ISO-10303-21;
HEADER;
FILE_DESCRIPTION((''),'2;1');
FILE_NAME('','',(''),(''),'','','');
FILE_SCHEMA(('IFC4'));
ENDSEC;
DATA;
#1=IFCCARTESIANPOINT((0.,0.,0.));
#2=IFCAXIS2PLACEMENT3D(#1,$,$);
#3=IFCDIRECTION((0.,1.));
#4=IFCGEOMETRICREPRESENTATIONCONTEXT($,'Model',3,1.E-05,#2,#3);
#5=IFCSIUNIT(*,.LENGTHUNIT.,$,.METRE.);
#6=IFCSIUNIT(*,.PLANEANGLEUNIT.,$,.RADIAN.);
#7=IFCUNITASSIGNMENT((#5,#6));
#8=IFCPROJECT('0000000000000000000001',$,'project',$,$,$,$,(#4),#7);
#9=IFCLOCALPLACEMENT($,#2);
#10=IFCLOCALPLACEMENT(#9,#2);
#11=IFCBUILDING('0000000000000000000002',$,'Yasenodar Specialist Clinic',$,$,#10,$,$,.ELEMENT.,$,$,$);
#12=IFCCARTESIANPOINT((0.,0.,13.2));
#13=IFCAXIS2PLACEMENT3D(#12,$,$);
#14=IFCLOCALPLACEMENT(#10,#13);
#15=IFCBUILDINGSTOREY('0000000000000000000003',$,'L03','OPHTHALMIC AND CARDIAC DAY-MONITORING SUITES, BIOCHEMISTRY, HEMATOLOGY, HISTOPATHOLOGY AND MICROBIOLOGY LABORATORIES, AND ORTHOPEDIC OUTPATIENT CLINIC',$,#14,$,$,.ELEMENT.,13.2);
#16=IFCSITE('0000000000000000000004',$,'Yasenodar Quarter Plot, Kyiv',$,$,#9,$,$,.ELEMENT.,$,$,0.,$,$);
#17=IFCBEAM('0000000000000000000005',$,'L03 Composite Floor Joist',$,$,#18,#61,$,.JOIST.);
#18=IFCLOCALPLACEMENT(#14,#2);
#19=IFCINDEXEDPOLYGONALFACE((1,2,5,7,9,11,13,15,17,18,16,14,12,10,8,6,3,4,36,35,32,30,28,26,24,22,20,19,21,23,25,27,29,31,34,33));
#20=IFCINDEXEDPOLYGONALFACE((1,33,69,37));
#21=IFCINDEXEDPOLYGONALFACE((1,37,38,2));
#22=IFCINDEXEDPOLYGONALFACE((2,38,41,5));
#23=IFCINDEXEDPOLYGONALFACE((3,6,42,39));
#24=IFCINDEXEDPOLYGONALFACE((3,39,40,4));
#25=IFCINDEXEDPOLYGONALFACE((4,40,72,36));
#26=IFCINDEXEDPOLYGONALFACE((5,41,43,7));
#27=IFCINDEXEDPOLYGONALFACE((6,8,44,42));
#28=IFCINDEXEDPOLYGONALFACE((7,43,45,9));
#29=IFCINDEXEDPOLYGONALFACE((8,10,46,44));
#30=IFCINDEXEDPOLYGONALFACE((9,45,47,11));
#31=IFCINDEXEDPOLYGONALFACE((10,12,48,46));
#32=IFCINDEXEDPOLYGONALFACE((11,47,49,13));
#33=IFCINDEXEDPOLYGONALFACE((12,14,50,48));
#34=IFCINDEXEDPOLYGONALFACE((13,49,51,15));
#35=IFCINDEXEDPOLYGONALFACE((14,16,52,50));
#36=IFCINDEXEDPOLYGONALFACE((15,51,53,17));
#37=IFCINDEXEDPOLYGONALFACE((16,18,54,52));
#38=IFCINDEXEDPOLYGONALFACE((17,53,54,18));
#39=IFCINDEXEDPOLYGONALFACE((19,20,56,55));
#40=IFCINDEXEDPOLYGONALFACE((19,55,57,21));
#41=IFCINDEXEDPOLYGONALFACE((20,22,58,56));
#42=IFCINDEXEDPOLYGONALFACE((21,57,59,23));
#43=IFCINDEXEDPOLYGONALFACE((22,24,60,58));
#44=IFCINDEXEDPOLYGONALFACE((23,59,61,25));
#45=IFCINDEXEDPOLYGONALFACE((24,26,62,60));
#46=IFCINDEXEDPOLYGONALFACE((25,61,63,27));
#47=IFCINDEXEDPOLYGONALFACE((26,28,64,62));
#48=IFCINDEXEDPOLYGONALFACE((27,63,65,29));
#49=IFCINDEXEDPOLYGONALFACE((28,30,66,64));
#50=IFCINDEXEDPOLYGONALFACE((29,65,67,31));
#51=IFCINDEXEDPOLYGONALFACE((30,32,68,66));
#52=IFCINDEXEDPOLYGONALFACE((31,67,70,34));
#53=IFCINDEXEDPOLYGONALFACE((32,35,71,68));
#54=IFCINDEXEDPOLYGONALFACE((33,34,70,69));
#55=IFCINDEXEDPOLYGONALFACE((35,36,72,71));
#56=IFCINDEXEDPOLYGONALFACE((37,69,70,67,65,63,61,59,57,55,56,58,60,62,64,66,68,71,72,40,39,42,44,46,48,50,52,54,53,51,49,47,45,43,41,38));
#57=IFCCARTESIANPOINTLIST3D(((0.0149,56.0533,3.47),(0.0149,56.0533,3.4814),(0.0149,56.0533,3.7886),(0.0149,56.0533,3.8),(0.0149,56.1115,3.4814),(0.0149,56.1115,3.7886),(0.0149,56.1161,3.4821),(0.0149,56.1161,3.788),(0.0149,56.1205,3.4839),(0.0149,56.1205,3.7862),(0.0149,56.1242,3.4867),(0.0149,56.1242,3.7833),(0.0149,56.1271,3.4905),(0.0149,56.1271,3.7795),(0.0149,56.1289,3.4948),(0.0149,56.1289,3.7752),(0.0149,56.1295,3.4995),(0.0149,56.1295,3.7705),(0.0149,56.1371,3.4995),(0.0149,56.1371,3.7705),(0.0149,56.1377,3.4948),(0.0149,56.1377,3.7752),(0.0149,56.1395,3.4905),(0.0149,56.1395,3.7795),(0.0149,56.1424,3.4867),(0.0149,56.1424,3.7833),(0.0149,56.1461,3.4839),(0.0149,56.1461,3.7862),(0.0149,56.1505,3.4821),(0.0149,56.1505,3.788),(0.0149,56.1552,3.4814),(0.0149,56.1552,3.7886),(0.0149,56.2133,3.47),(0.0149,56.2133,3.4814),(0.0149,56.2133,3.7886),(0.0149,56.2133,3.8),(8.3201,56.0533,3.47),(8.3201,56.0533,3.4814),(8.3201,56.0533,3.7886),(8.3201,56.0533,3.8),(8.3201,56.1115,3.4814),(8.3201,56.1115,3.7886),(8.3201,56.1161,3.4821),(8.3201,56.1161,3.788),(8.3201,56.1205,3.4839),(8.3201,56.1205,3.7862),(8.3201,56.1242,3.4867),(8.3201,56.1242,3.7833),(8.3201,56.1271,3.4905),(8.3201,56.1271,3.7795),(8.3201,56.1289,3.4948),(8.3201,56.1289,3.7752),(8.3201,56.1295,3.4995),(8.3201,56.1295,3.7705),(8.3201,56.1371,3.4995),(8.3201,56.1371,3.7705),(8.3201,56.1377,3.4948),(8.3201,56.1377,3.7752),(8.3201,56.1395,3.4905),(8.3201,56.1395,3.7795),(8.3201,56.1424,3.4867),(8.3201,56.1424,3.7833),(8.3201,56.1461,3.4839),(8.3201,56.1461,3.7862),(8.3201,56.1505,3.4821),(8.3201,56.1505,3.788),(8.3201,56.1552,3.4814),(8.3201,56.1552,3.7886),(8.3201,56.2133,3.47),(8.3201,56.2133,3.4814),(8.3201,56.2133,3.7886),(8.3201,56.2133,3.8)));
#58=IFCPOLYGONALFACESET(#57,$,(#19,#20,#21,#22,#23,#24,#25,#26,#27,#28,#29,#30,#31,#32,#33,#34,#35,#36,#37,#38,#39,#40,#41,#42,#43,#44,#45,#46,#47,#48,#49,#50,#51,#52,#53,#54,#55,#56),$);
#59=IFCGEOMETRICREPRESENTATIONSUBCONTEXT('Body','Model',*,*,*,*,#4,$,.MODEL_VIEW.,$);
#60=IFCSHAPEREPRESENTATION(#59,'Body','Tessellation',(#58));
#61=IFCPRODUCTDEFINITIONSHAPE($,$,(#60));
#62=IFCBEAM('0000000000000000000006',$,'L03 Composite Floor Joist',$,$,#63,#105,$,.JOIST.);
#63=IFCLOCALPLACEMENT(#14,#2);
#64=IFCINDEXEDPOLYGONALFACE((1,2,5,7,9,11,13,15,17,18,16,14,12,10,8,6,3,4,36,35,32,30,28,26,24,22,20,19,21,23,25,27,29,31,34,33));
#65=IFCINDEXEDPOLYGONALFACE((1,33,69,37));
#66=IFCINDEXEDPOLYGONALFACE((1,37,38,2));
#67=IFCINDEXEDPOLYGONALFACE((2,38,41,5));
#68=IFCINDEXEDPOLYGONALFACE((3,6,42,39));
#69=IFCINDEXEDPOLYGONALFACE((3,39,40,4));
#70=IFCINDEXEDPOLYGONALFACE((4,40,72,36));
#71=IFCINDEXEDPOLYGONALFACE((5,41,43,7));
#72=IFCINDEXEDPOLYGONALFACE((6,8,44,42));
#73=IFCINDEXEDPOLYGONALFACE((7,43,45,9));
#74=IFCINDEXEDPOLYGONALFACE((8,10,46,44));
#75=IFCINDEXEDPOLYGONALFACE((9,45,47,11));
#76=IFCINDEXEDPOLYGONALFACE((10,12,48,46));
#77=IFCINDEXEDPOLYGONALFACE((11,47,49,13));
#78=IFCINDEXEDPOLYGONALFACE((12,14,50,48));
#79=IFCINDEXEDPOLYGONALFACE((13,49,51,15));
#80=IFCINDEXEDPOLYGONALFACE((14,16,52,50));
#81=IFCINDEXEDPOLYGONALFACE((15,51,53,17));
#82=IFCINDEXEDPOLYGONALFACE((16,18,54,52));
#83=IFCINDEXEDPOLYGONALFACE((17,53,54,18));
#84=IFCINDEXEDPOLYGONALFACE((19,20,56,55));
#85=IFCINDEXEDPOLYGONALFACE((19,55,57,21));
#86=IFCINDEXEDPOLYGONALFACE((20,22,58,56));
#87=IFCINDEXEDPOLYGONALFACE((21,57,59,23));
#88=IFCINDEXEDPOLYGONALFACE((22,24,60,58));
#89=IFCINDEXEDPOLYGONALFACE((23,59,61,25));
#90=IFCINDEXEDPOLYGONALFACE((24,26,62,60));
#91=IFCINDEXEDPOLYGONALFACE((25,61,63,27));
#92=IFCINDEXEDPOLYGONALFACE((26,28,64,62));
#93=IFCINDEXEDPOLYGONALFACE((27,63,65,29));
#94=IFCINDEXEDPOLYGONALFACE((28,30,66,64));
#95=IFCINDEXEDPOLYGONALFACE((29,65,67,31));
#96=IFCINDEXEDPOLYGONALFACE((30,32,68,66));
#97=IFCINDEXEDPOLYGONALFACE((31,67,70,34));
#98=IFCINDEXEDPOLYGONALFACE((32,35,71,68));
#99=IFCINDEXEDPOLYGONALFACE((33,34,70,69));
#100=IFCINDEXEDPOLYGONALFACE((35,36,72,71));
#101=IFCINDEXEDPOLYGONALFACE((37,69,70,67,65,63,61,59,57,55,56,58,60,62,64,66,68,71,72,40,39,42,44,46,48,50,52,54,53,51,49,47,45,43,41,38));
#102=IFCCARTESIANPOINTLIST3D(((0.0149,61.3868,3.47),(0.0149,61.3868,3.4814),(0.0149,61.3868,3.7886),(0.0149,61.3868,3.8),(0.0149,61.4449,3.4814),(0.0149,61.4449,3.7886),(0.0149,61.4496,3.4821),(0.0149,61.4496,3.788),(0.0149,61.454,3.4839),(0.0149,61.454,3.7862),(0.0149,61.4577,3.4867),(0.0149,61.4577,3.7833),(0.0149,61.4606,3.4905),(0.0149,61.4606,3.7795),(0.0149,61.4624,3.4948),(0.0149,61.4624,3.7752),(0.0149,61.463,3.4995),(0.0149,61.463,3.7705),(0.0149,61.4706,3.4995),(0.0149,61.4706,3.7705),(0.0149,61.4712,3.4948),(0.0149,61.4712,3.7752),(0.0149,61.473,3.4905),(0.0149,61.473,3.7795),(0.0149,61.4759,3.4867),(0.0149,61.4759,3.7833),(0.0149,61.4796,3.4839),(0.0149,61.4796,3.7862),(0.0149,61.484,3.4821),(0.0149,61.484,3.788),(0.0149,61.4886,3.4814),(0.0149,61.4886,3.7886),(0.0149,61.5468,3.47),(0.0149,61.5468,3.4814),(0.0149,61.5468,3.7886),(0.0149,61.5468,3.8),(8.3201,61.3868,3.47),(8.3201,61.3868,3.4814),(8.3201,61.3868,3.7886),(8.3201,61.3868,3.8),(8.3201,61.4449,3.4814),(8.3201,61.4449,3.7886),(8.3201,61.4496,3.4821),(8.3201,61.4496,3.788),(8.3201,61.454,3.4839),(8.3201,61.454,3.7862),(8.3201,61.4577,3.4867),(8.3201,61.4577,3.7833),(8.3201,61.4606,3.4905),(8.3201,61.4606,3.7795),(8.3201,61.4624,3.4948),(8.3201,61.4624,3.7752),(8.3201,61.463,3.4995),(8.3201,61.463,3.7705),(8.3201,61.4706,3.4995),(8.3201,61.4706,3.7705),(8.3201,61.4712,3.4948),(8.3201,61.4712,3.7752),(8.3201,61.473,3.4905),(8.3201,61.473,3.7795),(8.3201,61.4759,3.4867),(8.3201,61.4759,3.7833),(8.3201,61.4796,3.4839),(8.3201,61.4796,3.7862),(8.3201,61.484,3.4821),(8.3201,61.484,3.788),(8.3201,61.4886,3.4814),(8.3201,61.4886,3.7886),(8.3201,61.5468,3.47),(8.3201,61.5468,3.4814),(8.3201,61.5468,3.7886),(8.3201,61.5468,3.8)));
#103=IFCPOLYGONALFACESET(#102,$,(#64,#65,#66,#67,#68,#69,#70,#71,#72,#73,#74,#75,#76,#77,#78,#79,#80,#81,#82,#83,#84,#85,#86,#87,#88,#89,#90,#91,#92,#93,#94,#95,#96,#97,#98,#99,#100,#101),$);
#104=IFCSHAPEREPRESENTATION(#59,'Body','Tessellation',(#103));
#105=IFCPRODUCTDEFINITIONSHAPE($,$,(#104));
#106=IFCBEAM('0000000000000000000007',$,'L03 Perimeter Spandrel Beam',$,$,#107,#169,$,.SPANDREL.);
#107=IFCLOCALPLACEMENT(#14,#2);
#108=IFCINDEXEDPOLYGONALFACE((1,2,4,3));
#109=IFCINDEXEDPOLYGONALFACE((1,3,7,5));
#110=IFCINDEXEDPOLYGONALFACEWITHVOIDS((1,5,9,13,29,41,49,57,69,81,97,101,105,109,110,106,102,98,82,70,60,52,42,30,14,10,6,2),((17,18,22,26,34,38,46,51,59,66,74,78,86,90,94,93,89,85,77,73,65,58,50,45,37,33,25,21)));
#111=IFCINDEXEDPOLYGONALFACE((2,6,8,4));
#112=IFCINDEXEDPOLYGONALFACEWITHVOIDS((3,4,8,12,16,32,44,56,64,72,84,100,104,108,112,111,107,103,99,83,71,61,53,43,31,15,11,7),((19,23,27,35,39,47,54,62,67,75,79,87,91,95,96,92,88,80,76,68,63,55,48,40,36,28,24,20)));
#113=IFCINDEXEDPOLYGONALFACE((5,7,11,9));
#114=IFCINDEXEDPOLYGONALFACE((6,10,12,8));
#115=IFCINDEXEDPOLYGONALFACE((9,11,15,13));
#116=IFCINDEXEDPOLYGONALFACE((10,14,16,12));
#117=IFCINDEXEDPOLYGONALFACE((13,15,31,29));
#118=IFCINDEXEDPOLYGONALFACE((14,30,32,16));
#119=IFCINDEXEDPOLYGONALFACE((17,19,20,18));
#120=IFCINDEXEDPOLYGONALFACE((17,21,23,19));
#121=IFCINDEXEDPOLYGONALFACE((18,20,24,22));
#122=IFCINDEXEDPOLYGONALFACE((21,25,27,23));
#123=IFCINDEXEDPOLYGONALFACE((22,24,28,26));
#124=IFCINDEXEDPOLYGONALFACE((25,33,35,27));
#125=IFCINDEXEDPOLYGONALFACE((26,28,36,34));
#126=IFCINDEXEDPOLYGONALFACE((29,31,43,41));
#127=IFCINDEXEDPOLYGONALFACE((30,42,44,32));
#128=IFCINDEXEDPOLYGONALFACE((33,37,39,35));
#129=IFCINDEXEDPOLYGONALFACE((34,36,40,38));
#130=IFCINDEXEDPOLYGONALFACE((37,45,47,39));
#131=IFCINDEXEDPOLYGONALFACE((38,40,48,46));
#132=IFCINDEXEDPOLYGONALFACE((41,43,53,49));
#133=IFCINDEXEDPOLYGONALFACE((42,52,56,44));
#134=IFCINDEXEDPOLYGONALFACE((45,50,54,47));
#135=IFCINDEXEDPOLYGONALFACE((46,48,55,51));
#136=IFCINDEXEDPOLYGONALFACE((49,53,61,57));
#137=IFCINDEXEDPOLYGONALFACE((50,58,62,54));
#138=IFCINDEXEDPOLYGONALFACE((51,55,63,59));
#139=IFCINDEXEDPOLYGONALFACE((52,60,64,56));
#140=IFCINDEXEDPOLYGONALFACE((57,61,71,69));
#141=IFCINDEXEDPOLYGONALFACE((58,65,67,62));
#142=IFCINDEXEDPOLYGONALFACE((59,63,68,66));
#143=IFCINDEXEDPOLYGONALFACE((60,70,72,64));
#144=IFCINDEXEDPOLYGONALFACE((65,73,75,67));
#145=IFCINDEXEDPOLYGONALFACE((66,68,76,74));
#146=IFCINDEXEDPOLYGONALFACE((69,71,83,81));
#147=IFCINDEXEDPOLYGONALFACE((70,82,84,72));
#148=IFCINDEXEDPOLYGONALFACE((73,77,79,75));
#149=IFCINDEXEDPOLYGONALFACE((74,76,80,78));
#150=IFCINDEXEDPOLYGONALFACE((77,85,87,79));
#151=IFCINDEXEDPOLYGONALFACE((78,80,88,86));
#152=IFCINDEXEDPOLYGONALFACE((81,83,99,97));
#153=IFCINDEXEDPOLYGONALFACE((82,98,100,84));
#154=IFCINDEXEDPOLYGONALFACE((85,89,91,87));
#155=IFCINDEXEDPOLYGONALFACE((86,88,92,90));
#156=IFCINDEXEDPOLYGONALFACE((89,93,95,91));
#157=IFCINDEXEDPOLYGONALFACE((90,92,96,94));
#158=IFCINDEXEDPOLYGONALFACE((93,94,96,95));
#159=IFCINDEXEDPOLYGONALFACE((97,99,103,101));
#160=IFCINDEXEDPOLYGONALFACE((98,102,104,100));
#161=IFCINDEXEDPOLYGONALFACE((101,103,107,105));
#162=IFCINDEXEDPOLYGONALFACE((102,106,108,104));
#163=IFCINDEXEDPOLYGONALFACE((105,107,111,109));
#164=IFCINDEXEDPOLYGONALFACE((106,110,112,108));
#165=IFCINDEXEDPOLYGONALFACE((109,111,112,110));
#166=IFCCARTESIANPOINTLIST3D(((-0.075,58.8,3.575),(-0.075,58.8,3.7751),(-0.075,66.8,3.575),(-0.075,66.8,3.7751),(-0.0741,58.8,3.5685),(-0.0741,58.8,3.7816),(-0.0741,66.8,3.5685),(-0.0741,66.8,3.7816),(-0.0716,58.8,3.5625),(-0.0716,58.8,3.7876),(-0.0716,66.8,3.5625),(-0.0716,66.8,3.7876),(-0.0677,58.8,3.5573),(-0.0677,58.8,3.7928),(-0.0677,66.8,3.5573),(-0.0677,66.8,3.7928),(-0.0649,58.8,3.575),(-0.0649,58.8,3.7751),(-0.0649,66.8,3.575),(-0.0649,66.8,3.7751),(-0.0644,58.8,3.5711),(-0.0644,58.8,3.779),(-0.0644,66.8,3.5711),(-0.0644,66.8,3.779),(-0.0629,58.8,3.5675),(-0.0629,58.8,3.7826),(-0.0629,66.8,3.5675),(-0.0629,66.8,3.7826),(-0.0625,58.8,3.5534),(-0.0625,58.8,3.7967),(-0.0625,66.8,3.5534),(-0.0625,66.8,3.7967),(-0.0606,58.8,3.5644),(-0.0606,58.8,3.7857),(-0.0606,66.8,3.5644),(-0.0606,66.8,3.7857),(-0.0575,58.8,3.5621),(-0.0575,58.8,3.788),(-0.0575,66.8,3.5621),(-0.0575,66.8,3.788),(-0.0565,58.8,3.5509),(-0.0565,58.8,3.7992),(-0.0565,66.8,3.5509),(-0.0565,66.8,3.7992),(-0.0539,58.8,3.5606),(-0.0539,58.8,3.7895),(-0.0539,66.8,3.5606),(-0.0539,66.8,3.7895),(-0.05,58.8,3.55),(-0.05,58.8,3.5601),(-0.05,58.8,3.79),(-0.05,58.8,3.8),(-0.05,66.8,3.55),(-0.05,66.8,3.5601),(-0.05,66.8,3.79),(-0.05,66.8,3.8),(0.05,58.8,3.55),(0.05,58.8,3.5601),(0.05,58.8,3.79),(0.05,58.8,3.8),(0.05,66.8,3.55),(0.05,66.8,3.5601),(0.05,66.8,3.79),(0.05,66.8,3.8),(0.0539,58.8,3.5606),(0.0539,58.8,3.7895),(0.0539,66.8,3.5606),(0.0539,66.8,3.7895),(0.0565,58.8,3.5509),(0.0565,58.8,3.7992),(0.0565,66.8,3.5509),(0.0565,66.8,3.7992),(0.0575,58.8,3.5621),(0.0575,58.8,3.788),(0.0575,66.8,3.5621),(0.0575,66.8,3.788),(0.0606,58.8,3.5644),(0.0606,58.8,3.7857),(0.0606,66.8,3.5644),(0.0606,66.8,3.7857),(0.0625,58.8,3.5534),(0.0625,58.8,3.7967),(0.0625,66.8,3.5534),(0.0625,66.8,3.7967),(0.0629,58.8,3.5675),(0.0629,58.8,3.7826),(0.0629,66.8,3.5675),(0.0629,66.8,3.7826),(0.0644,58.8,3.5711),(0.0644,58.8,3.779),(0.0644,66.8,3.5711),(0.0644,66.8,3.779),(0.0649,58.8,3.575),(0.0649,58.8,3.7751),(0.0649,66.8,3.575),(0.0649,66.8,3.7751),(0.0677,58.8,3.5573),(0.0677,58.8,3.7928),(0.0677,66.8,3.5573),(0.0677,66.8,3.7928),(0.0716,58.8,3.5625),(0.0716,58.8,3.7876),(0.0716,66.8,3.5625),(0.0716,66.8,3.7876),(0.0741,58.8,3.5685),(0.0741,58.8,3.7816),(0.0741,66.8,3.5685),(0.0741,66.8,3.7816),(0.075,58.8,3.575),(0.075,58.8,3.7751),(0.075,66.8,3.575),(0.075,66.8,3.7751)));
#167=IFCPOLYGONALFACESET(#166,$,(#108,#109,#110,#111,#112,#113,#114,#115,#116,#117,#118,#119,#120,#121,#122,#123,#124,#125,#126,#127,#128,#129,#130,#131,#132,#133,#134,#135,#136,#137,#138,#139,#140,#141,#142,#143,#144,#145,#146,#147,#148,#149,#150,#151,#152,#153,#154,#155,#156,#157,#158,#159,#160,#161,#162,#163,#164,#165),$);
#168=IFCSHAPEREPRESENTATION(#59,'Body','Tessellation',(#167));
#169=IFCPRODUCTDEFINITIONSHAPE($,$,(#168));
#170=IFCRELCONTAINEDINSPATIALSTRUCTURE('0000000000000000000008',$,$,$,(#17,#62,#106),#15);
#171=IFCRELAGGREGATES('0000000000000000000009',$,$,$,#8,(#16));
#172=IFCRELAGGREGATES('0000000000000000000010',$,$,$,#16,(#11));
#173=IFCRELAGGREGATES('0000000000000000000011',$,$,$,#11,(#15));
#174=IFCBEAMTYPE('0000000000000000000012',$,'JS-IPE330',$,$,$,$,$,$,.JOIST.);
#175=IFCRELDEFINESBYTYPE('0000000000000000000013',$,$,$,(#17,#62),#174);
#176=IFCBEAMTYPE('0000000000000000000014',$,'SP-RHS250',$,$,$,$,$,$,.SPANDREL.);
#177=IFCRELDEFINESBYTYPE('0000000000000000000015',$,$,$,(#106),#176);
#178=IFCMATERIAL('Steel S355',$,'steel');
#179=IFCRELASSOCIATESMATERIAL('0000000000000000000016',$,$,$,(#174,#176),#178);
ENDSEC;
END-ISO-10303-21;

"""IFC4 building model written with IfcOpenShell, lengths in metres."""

from ifc_helpers import new_model, si_unit, direction, frame, origin, origin_2d, place, context, subcontext, project, spatial, hollow_rectangle, i_section, extrude, material, material_profile, profile_set, type_object, element, save


model = new_model("IFC4")

# Units and contexts
model_context = context("Model", 3, precision=1e-05, world=origin(), true_north=direction((0.0, 1.0)))
body_context = subcontext(model_context, "Body", "Model", "MODEL_VIEW")
ifc_project = project(units=[si_unit("LENGTHUNIT", "METRE"), si_unit("PLANEANGLEUNIT", "RADIAN")], contexts=[model_context])

# Site, building, storey
site_placement = place(None, origin())
site = spatial("IfcSite", under=ifc_project, at=site_placement, Name="Yasenodar Quarter Plot, Kyiv", CompositionType="ELEMENT", RefElevation=0.0)
building_placement = place(site_placement, origin())
building = spatial("IfcBuilding", under=site, at=building_placement, Name="Yasenodar Specialist Clinic", CompositionType="ELEMENT")
storey_placement = place(building_placement, frame((0.0, 0.0, 13.2)))
storey = spatial("IfcBuildingStorey", under=building, at=storey_placement, Name="L03", Description="OPHTHALMIC AND CARDIAC DAY-MONITORING SUITES, BIOCHEMISTRY, HEMATOLOGY, HISTOPATHOLOGY AND MICROBIOLOGY LABORATORIES, AND ORTHOPEDIC OUTPATIENT CLINIC", CompositionType="ELEMENT", Elevation=13.2)

# Shared definitions
ifc_material_1 = material(Name="Steel S355", Category="steel")

# Beams
ifc_material_profile_1 = material_profile(ifc_material_1, i_section(OverallWidth=0.1599, OverallDepth=0.3301, WebThickness=0.0076, FlangeThickness=0.0115, FilletRadius=0.0181, at=origin_2d()), Name="IPE 330")
ifc_profile_set_1 = profile_set([ifc_material_profile_1], Name="Steel S355")
beam_type_1 = type_object("IfcBeamType", Name="JS-IPE330", PredefinedType="JOIST", material=ifc_profile_set_1)
for number, where, z_axis, x_axis, name in (
    (1, (0.0149, 56.1333, 3.635), (1.0, 0.0, 0.0), (0.0, 1.0, 0.0), "L03 Composite Floor Joist"),
    (2, (0.0149, 61.4668, 3.635), (1.0, 0.0, 0.0), (0.0, 1.0, 0.0), "L03 Composite Floor Joist"),
):
    element("IfcBeam", number, at=place(storey_placement, frame(where, z_axis=z_axis, x_axis=x_axis)), inside=storey, type_object=beam_type_1, Name=name, PredefinedType="JOIST", context=body_context, shape_type="SweptSolid", body=[
        extrude(i_section(OverallWidth=0.1599, OverallDepth=0.3301, WebThickness=0.0076, FlangeThickness=0.0115, FilletRadius=0.0181, at=origin_2d()), origin(), (0.0, 0.0, 1.0), 8.3052),
    ])
ifc_material_profile_2 = material_profile(ifc_material_1, hollow_rectangle(XDim=0.1499, YDim=0.25, WallThickness=0.01, InnerFilletRadius=0.0149, OuterFilletRadius=0.0249, at=origin_2d()), Name="RHS 250x150x10")
ifc_profile_set_2 = profile_set([ifc_material_profile_2], Name="Steel S355")
beam_type_2 = type_object("IfcBeamType", Name="SP-RHS250", PredefinedType="SPANDREL", material=ifc_profile_set_2)
beam_1_placement = place(storey_placement, frame((0.0, 58.8, 3.675), z_axis=(0.0, 1.0, 0.0), x_axis=(-1.0, 0.0, 0.0)))
element("IfcBeam", 3, at=beam_1_placement, inside=storey, type_object=beam_type_2, Name="L03 Perimeter Spandrel Beam", PredefinedType="SPANDREL", context=body_context, shape_type="SweptSolid", body=[
    extrude(hollow_rectangle(XDim=0.1499, YDim=0.25, WallThickness=0.01, InnerFilletRadius=0.0149, OuterFilletRadius=0.0249, at=origin_2d()), origin(), (0.0, 0.0, 1.0), 8.0),
])

save(model, "model.ifc")
